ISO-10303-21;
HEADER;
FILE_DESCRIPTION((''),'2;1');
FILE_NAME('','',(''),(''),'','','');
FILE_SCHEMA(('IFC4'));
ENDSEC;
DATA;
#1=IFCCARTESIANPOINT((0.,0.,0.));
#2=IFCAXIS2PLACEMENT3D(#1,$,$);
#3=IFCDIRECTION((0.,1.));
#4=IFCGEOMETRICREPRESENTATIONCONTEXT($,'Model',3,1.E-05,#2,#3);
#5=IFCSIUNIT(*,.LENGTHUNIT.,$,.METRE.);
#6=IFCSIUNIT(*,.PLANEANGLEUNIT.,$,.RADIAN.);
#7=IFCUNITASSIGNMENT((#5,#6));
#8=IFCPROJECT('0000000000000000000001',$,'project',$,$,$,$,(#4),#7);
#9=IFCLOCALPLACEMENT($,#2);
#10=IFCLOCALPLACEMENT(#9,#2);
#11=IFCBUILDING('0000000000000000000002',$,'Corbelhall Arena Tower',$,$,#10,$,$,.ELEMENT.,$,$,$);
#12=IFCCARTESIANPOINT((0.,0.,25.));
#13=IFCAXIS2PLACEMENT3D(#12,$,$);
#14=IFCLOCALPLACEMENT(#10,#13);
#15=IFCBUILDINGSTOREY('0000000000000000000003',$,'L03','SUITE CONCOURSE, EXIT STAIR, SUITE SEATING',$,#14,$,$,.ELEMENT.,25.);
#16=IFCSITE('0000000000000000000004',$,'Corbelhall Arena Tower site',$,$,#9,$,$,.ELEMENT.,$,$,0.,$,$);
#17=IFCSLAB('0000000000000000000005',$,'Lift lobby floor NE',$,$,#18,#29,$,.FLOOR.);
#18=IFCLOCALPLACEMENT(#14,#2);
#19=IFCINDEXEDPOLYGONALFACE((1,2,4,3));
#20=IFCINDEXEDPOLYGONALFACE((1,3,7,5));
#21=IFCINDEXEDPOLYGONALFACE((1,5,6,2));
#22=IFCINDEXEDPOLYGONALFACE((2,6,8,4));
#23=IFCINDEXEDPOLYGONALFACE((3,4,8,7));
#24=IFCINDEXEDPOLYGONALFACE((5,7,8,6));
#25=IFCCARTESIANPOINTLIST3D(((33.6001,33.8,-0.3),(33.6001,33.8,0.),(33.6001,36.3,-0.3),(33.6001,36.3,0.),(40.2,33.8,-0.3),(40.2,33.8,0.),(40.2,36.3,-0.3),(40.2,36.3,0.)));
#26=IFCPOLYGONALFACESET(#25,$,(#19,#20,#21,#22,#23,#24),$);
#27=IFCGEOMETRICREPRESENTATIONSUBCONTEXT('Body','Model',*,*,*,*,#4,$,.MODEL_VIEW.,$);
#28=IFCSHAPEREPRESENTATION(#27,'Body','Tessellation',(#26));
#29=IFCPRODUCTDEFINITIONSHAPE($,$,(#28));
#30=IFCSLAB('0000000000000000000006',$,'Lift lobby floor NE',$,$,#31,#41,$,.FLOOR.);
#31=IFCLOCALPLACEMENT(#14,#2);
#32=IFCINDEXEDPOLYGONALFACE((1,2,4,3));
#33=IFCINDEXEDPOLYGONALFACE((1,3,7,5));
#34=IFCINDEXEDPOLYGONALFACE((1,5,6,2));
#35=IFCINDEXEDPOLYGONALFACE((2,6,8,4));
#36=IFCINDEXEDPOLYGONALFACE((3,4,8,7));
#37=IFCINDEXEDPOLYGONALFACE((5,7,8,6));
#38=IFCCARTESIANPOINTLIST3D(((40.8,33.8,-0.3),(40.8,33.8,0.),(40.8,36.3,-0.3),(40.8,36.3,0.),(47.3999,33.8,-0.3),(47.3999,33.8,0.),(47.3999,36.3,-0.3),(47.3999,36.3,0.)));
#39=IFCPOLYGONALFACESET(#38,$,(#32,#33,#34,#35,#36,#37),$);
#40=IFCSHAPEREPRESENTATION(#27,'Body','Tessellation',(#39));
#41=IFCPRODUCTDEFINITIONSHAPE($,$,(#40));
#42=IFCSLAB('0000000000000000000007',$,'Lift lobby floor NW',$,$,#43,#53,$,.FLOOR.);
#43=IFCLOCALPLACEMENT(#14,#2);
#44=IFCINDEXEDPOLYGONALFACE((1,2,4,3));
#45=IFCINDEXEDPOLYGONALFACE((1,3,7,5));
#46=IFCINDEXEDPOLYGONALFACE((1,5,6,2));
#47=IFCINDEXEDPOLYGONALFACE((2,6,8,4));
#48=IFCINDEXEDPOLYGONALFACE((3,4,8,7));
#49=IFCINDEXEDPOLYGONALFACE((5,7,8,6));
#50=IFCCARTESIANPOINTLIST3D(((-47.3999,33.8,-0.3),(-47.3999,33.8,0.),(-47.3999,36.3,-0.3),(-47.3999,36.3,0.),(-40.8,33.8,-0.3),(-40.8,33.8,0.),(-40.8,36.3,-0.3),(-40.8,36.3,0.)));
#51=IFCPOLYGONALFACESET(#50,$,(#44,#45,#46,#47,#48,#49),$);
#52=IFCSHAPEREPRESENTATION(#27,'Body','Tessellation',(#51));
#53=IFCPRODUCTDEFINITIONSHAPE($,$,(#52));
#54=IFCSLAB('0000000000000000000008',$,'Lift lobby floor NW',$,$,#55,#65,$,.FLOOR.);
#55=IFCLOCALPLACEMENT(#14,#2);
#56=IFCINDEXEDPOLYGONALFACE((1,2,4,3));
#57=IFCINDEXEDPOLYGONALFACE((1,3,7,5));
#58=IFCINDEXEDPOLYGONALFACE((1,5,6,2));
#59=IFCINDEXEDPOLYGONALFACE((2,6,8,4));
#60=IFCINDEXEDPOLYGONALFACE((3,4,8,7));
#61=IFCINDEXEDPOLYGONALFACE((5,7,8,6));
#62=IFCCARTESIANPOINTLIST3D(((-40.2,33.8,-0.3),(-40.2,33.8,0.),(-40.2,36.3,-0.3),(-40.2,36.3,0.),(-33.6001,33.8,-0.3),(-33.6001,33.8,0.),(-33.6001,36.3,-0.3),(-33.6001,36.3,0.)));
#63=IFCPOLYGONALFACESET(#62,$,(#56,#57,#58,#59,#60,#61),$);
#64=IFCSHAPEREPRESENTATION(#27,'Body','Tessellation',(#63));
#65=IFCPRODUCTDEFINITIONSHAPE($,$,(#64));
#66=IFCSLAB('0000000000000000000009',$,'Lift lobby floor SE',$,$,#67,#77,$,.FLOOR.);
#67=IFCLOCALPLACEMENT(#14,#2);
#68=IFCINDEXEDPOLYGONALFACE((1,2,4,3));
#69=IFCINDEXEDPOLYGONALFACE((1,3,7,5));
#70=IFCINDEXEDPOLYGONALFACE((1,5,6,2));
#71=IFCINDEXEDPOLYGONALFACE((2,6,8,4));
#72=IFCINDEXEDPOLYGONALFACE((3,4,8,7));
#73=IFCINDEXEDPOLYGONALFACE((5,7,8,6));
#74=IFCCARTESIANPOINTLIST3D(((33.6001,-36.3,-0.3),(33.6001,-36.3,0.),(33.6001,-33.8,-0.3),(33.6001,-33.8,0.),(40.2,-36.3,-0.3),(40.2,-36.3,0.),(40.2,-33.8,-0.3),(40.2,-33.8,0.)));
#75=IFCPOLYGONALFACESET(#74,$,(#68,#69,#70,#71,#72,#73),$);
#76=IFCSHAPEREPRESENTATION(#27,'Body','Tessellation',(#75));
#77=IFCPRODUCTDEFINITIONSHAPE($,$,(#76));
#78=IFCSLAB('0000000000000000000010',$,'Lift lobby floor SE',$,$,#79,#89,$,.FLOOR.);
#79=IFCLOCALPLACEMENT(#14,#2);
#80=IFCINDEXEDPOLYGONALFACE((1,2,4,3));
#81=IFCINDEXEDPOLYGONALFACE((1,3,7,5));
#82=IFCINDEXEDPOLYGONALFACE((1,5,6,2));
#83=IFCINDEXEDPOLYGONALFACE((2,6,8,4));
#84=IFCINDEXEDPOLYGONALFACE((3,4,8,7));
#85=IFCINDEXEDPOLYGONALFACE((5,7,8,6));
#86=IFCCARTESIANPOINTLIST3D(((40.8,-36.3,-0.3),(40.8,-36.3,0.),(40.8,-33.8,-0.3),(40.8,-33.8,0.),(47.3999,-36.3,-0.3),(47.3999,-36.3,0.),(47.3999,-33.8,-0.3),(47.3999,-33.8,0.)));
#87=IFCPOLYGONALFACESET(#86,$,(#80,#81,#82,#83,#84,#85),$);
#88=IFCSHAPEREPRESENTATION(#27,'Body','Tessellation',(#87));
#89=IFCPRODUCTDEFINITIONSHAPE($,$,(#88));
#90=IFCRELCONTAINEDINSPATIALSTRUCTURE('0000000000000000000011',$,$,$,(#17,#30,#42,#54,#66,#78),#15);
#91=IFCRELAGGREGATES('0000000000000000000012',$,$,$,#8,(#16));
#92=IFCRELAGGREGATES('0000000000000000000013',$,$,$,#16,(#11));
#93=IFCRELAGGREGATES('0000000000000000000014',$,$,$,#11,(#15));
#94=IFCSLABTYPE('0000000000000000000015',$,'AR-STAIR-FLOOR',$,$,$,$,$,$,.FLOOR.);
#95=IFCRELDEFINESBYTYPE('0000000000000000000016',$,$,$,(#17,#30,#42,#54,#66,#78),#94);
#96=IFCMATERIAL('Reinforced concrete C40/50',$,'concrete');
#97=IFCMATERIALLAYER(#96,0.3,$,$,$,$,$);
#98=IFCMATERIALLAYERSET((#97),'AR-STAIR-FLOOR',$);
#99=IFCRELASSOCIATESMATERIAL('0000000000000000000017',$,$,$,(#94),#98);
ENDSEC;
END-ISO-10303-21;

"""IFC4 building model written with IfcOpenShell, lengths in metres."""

from ifc_helpers import new_model, si_unit, direction, frame, origin, place, context, subcontext, project, spatial, polyline, outline, extrude, material, layer, layer_set, type_object, element, save


model = new_model("IFC4")

# Units and contexts
model_context = context("Model", 3, precision=1e-05, world=origin(), true_north=direction((0.0, 1.0)))
body_context = subcontext(model_context, "Body", "Model", "MODEL_VIEW")
ifc_project = project(units=[si_unit("LENGTHUNIT", "METRE"), si_unit("PLANEANGLEUNIT", "RADIAN")], contexts=[model_context])

# Site, building, storey
site_placement = place(None, origin())
site = spatial("IfcSite", under=ifc_project, at=site_placement, Name="Corbelhall Arena Tower site", CompositionType="ELEMENT", RefElevation=0.0)
building_placement = place(site_placement, origin())
building = spatial("IfcBuilding", under=site, at=building_placement, Name="Corbelhall Arena Tower", CompositionType="ELEMENT")
storey_placement = place(building_placement, frame((0.0, 0.0, 25.0)))
storey = spatial("IfcBuildingStorey", under=building, at=storey_placement, Name="L03", Description="SUITE CONCOURSE, EXIT STAIR, SUITE SEATING", CompositionType="ELEMENT", Elevation=25.0)

# Shared definitions
ifc_material = material(Name="Reinforced concrete C40/50", Category="concrete")

# Slabs
ifc_layer_1 = layer(ifc_material, 0.3)
ifc_layer_set_1 = layer_set([ifc_layer_1], Name="AR-STAIR-FLOOR")
slab_type_1 = type_object("IfcSlabType", Name="AR-STAIR-FLOOR", PredefinedType="FLOOR", material=ifc_layer_set_1)
slab_1_placement = place(storey_placement, frame((0.0, 0.0, -0.3)))
element("IfcSlab", 1, at=slab_1_placement, inside=storey, type_object=slab_type_1, Name="Lift lobby floor NE", PredefinedType="FLOOR", context=body_context, shape_type="SweptSolid", body=[
    extrude(outline(polyline([(40.2, 33.8), (40.2, 36.3), (33.6001, 36.3), (33.6001, 33.8), (40.2, 33.8)])), origin(), (0.0, 0.0, 1.0), 0.3),
])
slab_2_placement = place(storey_placement, frame((0.0, 0.0, -0.3)))
element("IfcSlab", 2, at=slab_2_placement, inside=storey, type_object=slab_type_1, Name="Lift lobby floor NE", PredefinedType="FLOOR", context=body_context, shape_type="SweptSolid", body=[
    extrude(outline(polyline([(47.3999, 33.8), (47.3999, 36.3), (40.8, 36.3), (40.8, 33.8), (47.3999, 33.8)])), origin(), (0.0, 0.0, 1.0), 0.3),
])
slab_3_placement = place(storey_placement, frame((0.0, 0.0, -0.3)))
element("IfcSlab", 3, at=slab_3_placement, inside=storey, type_object=slab_type_1, Name="Lift lobby floor NW", PredefinedType="FLOOR", context=body_context, shape_type="SweptSolid", body=[
    extrude(outline(polyline([(-40.8, 33.8), (-40.8, 36.3), (-47.3999, 36.3), (-47.3999, 33.8), (-40.8, 33.8)])), origin(), (0.0, 0.0, 1.0), 0.3),
])
slab_4_placement = place(storey_placement, frame((0.0, 0.0, -0.3)))
element("IfcSlab", 4, at=slab_4_placement, inside=storey, type_object=slab_type_1, Name="Lift lobby floor NW", PredefinedType="FLOOR", context=body_context, shape_type="SweptSolid", body=[
    extrude(outline(polyline([(-33.6001, 33.8), (-33.6001, 36.3), (-40.2, 36.3), (-40.2, 33.8), (-33.6001, 33.8)])), origin(), (0.0, 0.0, 1.0), 0.3),
])
slab_5_placement = place(storey_placement, frame((0.0, 0.0, -0.3)))
element("IfcSlab", 5, at=slab_5_placement, inside=storey, type_object=slab_type_1, Name="Lift lobby floor SE", PredefinedType="FLOOR", context=body_context, shape_type="SweptSolid", body=[
    extrude(outline(polyline([(40.2, -36.3), (40.2, -33.8), (33.6001, -33.8), (33.6001, -36.3), (40.2, -36.3)])), origin(), (0.0, 0.0, 1.0), 0.3),
])
slab_6_placement = place(storey_placement, frame((0.0, 0.0, -0.3)))
element("IfcSlab", 6, at=slab_6_placement, inside=storey, type_object=slab_type_1, Name="Lift lobby floor SE", PredefinedType="FLOOR", context=body_context, shape_type="SweptSolid", body=[
    extrude(outline(polyline([(47.3999, -36.3), (47.3999, -33.8), (40.8, -33.8), (40.8, -36.3), (47.3999, -36.3)])), origin(), (0.0, 0.0, 1.0), 0.3),
])

save(model, "model.ifc")
